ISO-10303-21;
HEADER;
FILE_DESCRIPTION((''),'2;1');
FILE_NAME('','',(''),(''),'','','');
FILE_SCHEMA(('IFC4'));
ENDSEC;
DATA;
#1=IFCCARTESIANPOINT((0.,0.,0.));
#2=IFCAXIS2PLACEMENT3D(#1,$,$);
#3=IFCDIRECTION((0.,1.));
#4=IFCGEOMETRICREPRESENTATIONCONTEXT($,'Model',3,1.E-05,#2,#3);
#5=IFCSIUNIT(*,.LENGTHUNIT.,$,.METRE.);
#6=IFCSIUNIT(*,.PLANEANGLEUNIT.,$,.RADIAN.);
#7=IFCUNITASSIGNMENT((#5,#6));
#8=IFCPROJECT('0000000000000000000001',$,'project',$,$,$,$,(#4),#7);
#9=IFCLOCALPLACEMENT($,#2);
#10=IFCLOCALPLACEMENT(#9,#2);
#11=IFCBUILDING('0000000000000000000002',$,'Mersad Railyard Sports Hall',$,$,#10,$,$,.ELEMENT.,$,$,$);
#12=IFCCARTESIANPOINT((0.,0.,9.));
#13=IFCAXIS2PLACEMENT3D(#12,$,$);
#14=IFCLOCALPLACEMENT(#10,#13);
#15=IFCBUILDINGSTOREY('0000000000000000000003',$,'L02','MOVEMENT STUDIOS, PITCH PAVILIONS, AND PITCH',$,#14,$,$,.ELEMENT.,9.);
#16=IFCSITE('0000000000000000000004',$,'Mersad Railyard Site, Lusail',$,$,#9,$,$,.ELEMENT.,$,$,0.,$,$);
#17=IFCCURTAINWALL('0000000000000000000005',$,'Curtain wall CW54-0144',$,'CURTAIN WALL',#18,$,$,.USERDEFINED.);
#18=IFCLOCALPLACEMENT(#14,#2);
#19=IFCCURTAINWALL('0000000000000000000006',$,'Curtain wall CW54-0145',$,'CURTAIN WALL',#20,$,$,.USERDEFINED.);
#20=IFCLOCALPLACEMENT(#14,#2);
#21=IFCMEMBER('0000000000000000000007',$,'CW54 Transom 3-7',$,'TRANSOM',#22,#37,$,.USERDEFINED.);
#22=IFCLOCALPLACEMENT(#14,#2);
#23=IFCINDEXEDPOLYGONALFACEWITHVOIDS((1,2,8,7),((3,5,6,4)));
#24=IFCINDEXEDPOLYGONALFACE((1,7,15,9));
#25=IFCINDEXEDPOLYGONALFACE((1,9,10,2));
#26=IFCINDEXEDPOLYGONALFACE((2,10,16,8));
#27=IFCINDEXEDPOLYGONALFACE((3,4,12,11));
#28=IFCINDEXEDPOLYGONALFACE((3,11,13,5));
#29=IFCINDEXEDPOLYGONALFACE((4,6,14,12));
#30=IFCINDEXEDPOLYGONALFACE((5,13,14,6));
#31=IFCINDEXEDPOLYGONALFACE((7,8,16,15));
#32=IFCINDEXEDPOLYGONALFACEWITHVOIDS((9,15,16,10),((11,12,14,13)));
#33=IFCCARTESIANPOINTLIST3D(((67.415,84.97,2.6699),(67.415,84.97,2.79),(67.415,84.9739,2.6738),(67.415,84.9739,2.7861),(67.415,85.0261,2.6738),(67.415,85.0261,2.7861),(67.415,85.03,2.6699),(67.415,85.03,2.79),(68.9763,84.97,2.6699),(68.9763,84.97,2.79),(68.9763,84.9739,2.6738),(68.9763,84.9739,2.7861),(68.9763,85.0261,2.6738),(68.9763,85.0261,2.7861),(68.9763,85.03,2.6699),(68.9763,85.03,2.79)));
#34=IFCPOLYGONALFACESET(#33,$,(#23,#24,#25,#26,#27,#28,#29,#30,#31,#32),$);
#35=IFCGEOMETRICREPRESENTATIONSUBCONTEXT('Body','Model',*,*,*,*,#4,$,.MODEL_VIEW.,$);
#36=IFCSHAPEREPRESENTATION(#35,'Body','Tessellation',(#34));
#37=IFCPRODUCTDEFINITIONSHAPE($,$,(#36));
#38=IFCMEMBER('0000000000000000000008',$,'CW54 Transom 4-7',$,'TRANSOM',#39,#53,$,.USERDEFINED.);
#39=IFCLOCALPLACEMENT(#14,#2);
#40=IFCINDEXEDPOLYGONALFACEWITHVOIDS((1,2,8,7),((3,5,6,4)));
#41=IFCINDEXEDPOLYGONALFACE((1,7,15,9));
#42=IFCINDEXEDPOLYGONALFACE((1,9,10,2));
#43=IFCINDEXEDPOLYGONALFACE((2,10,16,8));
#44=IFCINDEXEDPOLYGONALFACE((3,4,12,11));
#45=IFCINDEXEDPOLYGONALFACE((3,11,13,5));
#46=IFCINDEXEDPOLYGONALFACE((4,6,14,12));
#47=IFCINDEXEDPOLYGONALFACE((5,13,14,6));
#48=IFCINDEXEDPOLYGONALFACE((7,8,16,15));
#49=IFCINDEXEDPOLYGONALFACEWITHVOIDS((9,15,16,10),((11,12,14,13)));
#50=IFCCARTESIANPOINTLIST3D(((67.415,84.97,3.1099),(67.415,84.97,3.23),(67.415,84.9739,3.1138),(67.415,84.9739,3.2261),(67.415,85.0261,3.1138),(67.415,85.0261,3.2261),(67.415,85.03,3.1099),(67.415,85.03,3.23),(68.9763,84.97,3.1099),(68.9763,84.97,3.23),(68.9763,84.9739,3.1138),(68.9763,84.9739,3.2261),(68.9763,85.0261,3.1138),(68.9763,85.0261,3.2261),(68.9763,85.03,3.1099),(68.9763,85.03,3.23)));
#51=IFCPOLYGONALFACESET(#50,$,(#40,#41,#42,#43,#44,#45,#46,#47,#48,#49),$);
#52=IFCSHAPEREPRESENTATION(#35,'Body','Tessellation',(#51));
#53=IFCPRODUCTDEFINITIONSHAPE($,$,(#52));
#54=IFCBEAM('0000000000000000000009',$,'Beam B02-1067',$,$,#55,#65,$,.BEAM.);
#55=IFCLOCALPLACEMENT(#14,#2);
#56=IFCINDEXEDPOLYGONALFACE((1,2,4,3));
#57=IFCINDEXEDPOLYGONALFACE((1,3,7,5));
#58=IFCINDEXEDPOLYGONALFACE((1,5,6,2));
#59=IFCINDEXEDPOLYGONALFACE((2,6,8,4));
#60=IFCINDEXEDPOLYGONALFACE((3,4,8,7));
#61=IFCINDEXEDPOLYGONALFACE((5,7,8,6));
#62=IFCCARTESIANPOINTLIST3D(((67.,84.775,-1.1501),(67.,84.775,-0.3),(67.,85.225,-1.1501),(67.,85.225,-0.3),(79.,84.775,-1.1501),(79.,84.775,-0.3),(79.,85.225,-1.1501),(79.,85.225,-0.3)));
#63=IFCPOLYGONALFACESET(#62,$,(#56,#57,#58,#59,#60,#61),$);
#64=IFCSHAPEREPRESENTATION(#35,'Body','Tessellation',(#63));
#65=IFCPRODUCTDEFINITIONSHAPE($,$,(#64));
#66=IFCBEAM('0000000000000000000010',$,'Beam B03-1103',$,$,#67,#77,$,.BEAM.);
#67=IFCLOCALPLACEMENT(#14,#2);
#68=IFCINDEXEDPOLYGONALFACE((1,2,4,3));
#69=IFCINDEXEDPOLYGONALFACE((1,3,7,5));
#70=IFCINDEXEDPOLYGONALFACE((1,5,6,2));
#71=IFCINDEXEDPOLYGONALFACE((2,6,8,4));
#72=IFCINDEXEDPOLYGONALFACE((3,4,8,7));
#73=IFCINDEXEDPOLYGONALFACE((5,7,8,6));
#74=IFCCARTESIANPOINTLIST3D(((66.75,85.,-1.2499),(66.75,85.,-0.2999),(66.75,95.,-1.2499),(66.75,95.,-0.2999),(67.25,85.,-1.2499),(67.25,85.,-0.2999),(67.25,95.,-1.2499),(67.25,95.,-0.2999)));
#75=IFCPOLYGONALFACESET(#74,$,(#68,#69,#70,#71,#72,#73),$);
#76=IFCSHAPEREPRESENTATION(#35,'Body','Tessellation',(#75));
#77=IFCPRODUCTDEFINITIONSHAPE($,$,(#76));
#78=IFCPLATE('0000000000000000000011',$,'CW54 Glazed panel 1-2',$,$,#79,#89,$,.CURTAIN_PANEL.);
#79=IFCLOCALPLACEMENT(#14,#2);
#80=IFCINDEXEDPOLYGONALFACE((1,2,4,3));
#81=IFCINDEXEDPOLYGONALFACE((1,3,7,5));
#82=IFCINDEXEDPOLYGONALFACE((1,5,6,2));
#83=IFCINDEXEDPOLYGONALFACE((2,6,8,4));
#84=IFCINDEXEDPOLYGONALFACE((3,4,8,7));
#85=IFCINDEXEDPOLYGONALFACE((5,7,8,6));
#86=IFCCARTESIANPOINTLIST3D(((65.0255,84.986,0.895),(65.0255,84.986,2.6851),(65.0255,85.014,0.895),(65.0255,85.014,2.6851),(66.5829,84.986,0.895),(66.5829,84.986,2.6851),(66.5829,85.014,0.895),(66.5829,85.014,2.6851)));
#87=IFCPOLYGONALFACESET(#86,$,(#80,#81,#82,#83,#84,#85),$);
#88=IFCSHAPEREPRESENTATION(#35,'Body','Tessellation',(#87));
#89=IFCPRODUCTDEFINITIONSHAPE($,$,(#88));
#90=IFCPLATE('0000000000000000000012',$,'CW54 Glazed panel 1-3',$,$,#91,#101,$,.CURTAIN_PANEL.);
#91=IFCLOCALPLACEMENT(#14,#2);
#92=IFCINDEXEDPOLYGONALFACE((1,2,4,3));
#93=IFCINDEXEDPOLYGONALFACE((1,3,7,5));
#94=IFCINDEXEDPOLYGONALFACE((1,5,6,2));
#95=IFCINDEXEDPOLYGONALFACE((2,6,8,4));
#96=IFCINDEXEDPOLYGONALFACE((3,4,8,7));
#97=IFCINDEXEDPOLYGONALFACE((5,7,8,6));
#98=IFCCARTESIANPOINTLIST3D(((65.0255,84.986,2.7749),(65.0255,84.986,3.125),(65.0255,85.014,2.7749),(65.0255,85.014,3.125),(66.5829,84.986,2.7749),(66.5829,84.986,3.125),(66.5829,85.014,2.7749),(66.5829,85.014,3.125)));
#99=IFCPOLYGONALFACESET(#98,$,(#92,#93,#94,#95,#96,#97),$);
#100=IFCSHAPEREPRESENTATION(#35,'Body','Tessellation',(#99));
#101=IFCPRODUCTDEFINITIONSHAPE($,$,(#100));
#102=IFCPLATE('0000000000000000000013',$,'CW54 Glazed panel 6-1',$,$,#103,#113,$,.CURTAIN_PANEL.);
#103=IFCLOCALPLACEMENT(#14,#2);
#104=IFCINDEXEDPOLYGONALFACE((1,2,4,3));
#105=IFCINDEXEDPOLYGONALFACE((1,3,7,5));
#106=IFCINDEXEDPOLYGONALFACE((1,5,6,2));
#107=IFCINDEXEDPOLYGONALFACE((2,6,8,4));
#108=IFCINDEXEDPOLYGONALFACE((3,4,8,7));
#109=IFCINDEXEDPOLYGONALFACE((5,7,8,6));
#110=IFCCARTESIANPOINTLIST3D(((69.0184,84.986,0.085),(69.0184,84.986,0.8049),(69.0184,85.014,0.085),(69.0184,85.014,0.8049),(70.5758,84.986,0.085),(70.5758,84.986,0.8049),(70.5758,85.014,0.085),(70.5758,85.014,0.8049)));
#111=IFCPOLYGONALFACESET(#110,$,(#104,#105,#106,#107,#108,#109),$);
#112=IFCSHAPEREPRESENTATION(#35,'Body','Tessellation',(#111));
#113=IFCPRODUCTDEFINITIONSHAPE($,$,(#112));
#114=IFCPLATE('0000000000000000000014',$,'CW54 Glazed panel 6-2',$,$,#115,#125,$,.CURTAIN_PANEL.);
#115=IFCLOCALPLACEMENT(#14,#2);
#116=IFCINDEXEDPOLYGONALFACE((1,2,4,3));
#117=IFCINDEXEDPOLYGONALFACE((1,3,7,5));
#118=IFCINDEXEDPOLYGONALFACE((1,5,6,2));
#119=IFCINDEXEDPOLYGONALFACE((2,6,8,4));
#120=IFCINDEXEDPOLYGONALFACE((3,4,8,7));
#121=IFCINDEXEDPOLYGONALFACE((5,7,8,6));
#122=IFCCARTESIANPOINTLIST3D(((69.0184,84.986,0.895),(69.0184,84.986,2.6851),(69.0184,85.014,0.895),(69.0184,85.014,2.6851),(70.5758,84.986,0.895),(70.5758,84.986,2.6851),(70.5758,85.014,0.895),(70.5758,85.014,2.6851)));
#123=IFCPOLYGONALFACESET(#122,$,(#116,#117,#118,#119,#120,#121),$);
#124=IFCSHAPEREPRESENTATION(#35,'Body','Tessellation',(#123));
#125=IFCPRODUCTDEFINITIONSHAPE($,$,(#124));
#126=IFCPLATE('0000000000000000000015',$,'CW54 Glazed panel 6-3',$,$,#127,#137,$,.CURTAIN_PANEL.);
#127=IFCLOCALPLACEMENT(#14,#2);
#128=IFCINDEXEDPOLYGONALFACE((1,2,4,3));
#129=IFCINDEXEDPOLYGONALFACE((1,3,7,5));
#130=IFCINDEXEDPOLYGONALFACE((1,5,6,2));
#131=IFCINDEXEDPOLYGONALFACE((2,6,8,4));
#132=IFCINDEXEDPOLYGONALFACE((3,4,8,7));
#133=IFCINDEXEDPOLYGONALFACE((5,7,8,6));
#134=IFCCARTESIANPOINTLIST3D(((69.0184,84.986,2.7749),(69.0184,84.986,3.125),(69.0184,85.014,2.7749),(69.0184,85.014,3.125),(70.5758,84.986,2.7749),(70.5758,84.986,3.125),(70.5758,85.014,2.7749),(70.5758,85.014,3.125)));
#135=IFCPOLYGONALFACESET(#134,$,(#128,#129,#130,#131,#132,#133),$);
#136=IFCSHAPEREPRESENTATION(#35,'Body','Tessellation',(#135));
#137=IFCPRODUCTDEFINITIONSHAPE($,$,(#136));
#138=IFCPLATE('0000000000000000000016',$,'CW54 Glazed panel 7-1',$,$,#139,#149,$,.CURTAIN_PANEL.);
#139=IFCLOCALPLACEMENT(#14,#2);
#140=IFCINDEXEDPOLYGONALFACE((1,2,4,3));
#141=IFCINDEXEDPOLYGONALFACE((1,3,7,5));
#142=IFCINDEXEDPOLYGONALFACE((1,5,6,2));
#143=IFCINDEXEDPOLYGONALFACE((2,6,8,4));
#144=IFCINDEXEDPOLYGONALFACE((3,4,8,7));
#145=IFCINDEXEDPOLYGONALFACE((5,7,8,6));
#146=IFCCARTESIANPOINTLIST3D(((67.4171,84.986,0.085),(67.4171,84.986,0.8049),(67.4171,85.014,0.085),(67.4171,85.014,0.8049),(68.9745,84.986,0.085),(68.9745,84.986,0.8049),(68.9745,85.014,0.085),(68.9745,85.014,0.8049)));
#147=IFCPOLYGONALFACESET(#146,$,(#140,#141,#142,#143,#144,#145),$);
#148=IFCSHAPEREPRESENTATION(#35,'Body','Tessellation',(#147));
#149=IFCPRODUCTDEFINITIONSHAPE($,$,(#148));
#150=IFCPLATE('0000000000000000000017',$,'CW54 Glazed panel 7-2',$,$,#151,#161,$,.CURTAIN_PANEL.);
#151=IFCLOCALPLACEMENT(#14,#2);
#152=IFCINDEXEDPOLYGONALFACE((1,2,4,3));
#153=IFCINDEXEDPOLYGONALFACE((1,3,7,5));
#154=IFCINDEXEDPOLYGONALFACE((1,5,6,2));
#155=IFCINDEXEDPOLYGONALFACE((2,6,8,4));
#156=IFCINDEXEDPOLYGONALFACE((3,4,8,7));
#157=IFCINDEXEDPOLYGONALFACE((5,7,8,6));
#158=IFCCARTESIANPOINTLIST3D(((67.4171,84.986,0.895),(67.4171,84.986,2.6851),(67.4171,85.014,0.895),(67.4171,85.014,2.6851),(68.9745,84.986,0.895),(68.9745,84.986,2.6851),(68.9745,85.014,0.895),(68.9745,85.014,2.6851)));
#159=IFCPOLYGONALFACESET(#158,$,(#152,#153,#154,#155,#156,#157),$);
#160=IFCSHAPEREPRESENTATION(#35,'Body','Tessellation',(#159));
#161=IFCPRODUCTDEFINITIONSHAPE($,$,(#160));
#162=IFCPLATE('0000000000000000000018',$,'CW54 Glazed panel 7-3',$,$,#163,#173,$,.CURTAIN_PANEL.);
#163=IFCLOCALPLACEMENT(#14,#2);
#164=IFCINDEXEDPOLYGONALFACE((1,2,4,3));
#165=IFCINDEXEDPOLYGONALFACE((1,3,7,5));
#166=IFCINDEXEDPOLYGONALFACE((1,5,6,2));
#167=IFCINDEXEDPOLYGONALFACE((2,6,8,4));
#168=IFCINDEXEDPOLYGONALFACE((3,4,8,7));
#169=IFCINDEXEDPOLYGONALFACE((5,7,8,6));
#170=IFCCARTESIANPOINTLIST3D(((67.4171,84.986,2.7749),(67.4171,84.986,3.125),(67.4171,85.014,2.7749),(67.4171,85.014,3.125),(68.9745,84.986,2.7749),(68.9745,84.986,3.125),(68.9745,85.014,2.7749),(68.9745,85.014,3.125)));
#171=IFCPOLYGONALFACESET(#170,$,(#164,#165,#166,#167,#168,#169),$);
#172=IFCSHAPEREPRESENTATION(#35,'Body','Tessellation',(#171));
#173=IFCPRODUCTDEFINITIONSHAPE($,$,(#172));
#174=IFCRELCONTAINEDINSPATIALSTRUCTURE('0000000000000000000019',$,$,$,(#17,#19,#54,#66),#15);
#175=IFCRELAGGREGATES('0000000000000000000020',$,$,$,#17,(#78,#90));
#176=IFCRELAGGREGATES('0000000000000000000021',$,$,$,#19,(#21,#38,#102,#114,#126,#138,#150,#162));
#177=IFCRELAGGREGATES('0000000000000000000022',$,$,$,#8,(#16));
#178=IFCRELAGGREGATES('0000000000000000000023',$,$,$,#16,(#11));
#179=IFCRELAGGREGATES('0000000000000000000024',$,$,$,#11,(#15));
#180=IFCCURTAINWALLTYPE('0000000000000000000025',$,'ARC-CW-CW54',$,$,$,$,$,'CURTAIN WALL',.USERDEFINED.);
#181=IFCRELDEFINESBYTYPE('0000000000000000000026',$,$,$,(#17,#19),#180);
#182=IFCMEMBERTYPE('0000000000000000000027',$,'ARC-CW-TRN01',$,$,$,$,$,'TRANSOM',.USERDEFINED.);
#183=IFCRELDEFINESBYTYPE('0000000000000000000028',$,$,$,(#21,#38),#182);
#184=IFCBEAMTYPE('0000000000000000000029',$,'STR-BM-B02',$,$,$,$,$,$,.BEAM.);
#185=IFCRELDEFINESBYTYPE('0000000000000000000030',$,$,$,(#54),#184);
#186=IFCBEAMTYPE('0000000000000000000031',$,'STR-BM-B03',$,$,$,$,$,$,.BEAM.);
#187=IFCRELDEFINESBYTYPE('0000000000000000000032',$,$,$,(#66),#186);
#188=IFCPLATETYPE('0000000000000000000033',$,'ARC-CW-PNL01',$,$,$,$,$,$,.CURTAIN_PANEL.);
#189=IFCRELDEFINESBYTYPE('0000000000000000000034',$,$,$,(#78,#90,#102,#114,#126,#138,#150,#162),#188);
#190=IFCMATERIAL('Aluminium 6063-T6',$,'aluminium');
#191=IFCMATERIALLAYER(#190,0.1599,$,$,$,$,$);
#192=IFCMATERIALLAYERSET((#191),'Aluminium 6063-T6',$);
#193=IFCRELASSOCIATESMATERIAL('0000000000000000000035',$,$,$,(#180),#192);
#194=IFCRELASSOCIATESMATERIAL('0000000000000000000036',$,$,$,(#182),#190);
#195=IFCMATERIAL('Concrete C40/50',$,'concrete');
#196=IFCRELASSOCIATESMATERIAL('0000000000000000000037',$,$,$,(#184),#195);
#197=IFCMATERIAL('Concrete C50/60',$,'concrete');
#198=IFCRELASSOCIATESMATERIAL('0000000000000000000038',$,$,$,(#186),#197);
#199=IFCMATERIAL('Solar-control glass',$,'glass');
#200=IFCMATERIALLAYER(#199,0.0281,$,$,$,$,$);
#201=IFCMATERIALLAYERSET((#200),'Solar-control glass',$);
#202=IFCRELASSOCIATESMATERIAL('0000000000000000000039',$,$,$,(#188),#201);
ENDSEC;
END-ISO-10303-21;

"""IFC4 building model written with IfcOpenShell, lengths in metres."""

from ifc_helpers import new_model, si_unit, direction, frame, origin, origin_2d, place, context, subcontext, project, spatial, rectangle, hollow_rectangle, extrude, material, layer, layer_set, material_profile, profile_set, type_object, element, aggregate, save


model = new_model("IFC4")

# Units and contexts
model_context = context("Model", 3, precision=1e-05, world=origin(), true_north=direction((0.0, 1.0)))
body_context = subcontext(model_context, "Body", "Model", "MODEL_VIEW")
ifc_project = project(units=[si_unit("LENGTHUNIT", "METRE"), si_unit("PLANEANGLEUNIT", "RADIAN")], contexts=[model_context])

# Site, building, storey
site_placement = place(None, origin())
site = spatial("IfcSite", under=ifc_project, at=site_placement, Name="Mersad Railyard Site, Lusail", CompositionType="ELEMENT", RefElevation=0.0)
building_placement = place(site_placement, origin())
building = spatial("IfcBuilding", under=site, at=building_placement, Name="Mersad Railyard Sports Hall", CompositionType="ELEMENT")
storey_placement = place(building_placement, frame((0.0, 0.0, 9.0)))
storey = spatial("IfcBuildingStorey", under=building, at=storey_placement, Name="L02", Description="MOVEMENT STUDIOS, PITCH PAVILIONS, AND PITCH", CompositionType="ELEMENT", Elevation=9.0)

# Shared definitions
ifc_material_1 = material(Name="Concrete C50/60", Category="concrete")

# Curtain wall
ifc_material_2 = material(Name="Aluminium 6063-T6", Category="aluminium")
ifc_layer_1 = layer(ifc_material_2, 0.1599)
ifc_layer_set_1 = layer_set([ifc_layer_1], Name="Aluminium 6063-T6")
curtain_wall_type = type_object("IfcCurtainWallType", Name="ARC-CW-CW54", ElementType="CURTAIN WALL", PredefinedType="USERDEFINED", material=ifc_layer_set_1)
curtain_wall_1_placement = place(storey_placement, origin())
curtain_wall_1 = element("IfcCurtainWall", 1, at=curtain_wall_1_placement, inside=storey, type_object=curtain_wall_type, Name="Curtain wall CW54-0144", ObjectType="CURTAIN WALL", PredefinedType="USERDEFINED")

# Curtain wall
curtain_wall_2_placement = place(storey_placement, origin())
curtain_wall_2 = element("IfcCurtainWall", 2, at=curtain_wall_2_placement, inside=storey, type_object=curtain_wall_type, Name="Curtain wall CW54-0145", ObjectType="CURTAIN WALL", PredefinedType="USERDEFINED")

# Members
ifc_material_profile_1 = material_profile(ifc_material_2, hollow_rectangle(XDim=0.0601, YDim=0.1201, WallThickness=0.0039, at=origin_2d()), Name="AL TRANSOM 60x120x4")
ifc_profile_set_1 = profile_set([ifc_material_profile_1], Name="Aluminium 6063-T6")
member_type_1 = type_object("IfcMemberType", Name="ARC-CW-TRN01", ElementType="TRANSOM", PredefinedType="USERDEFINED", material=ifc_profile_set_1)
member_1_placement = place(storey_placement, frame((68.9763, 85.0, 2.73), z_axis=(-1.0, 0.0, 0.0), x_axis=(0.0, -1.0, 0.0)))
member_1 = element("IfcMember", 3, at=member_1_placement, type_object=member_type_1, Name="CW54 Transom 3-7", ObjectType="TRANSOM", PredefinedType="USERDEFINED", context=body_context, shape_type="SweptSolid", body=[
    extrude(hollow_rectangle(XDim=0.0601, YDim=0.1201, WallThickness=0.0039, at=origin_2d()), origin(), (0.0, 0.0, 1.0), 1.5613),
])
member_2_placement = place(storey_placement, frame((68.9763, 85.0, 3.1699), z_axis=(-1.0, 0.0, 0.0), x_axis=(0.0, -1.0, 0.0)))
member_2 = element("IfcMember", 4, at=member_2_placement, type_object=member_type_1, Name="CW54 Transom 4-7", ObjectType="TRANSOM", PredefinedType="USERDEFINED", context=body_context, shape_type="SweptSolid", body=[
    extrude(hollow_rectangle(XDim=0.0601, YDim=0.1201, WallThickness=0.0039, at=origin_2d()), origin(), (0.0, 0.0, 1.0), 1.5613),
])

# Beams
ifc_material_3 = material(Name="Concrete C40/50", Category="concrete")
ifc_material_profile_2 = material_profile(ifc_material_3, rectangle(XDim=0.45, YDim=0.8501, at=origin_2d()), Name="RC 450x850")
ifc_profile_set_2 = profile_set([ifc_material_profile_2], Name="Concrete C40/50")
beam_type_1 = type_object("IfcBeamType", Name="STR-BM-B02", PredefinedType="BEAM", material=ifc_profile_set_2)
beam_1_placement = place(storey_placement, frame((67.0, 85.0, -0.7251), z_axis=(1.0, 0.0, 0.0), x_axis=(0.0, 1.0, 0.0)))
element("IfcBeam", 5, at=beam_1_placement, inside=storey, type_object=beam_type_1, Name="Beam B02-1067", PredefinedType="BEAM", context=body_context, shape_type="SweptSolid", body=[
    extrude(rectangle(XDim=0.45, YDim=0.8501, at=origin_2d()), origin(), (0.0, 0.0, 1.0), 12.0),
])
ifc_material_profile_3 = material_profile(ifc_material_1, rectangle(XDim=0.5, YDim=0.95, at=origin_2d()), Name="RC 500x950")
ifc_profile_set_3 = profile_set([ifc_material_profile_3], Name="Concrete C50/60")
beam_type_2 = type_object("IfcBeamType", Name="STR-BM-B03", PredefinedType="BEAM", material=ifc_profile_set_3)
beam_2_placement = place(storey_placement, frame((67.0, 85.0, -0.7749), z_axis=(0.0, 1.0, 0.0), x_axis=(-1.0, 0.0, 0.0)))
element("IfcBeam", 6, at=beam_2_placement, inside=storey, type_object=beam_type_2, Name="Beam B03-1103", PredefinedType="BEAM", context=body_context, shape_type="SweptSolid", body=[
    extrude(rectangle(XDim=0.5, YDim=0.95, at=origin_2d()), origin(), (0.0, 0.0, 1.0), 10.0),
])

# Plates
ifc_material_4 = material(Name="Solar-control glass", Category="glass")
ifc_layer_2 = layer(ifc_material_4, 0.0281)
ifc_layer_set_2 = layer_set([ifc_layer_2], Name="Solar-control glass")
plate_type = type_object("IfcPlateType", Name="ARC-CW-PNL01", PredefinedType="CURTAIN_PANEL", material=ifc_layer_set_2)
plate_1_placement = place(storey_placement, frame((65.8042, 85.0, 0.895), z_axis=(0.0, 0.0, 1.0), x_axis=(-1.0, 0.0, 0.0)))
plate_1 = element("IfcPlate", 7, at=plate_1_placement, type_object=plate_type, Name="CW54 Glazed panel 1-2", PredefinedType="CURTAIN_PANEL", context=body_context, shape_type="SweptSolid", body=[
    extrude(rectangle(XDim=1.5574, YDim=0.0281, at=origin_2d()), origin(), (0.0, 0.0, 1.0), 1.79),
])
plate_2_placement = place(storey_placement, frame((65.8042, 85.0, 2.7749), z_axis=(0.0, 0.0, 1.0), x_axis=(-1.0, 0.0, 0.0)))
plate_2 = element("IfcPlate", 8, at=plate_2_placement, type_object=plate_type, Name="CW54 Glazed panel 1-3", PredefinedType="CURTAIN_PANEL", context=body_context, shape_type="SweptSolid", body=[
    extrude(rectangle(XDim=1.5574, YDim=0.0281, at=origin_2d()), origin(), (0.0, 0.0, 1.0), 0.3501),
])
aggregate(curtain_wall_1, [plate_1, plate_2])
plate_3_placement = place(storey_placement, frame((69.7971, 85.0, 0.085), z_axis=(0.0, 0.0, 1.0), x_axis=(-1.0, 0.0, 0.0)))
plate_3 = element("IfcPlate", 9, at=plate_3_placement, type_object=plate_type, Name="CW54 Glazed panel 6-1", PredefinedType="CURTAIN_PANEL", context=body_context, shape_type="SweptSolid", body=[
    extrude(rectangle(XDim=1.5574, YDim=0.0281, at=origin_2d()), origin(), (0.0, 0.0, 1.0), 0.72),
])
plate_4_placement = place(storey_placement, frame((69.7971, 85.0, 0.895), z_axis=(0.0, 0.0, 1.0), x_axis=(-1.0, 0.0, 0.0)))
plate_4 = element("IfcPlate", 10, at=plate_4_placement, type_object=plate_type, Name="CW54 Glazed panel 6-2", PredefinedType="CURTAIN_PANEL", context=body_context, shape_type="SweptSolid", body=[
    extrude(rectangle(XDim=1.5574, YDim=0.0281, at=origin_2d()), origin(), (0.0, 0.0, 1.0), 1.79),
])
plate_5_placement = place(storey_placement, frame((69.7971, 85.0, 2.7749), z_axis=(0.0, 0.0, 1.0), x_axis=(-1.0, 0.0, 0.0)))
plate_5 = element("IfcPlate", 11, at=plate_5_placement, type_object=plate_type, Name="CW54 Glazed panel 6-3", PredefinedType="CURTAIN_PANEL", context=body_context, shape_type="SweptSolid", body=[
    extrude(rectangle(XDim=1.5574, YDim=0.0281, at=origin_2d()), origin(), (0.0, 0.0, 1.0), 0.3501),
])
plate_6_placement = place(storey_placement, frame((68.1958, 85.0, 0.085), z_axis=(0.0, 0.0, 1.0), x_axis=(-1.0, 0.0, 0.0)))
plate_6 = element("IfcPlate", 12, at=plate_6_placement, type_object=plate_type, Name="CW54 Glazed panel 7-1", PredefinedType="CURTAIN_PANEL", context=body_context, shape_type="SweptSolid", body=[
    extrude(rectangle(XDim=1.5574, YDim=0.0281, at=origin_2d()), origin(), (0.0, 0.0, 1.0), 0.72),
])
plate_7_placement = place(storey_placement, frame((68.1958, 85.0, 0.895), z_axis=(0.0, 0.0, 1.0), x_axis=(-1.0, 0.0, 0.0)))
plate_7 = element("IfcPlate", 13, at=plate_7_placement, type_object=plate_type, Name="CW54 Glazed panel 7-2", PredefinedType="CURTAIN_PANEL", context=body_context, shape_type="SweptSolid", body=[
    extrude(rectangle(XDim=1.5574, YDim=0.0281, at=origin_2d()), origin(), (0.0, 0.0, 1.0), 1.79),
])
plate_8_placement = place(storey_placement, frame((68.1958, 85.0, 2.7749), z_axis=(0.0, 0.0, 1.0), x_axis=(-1.0, 0.0, 0.0)))
plate_8 = element("IfcPlate", 14, at=plate_8_placement, type_object=plate_type, Name="CW54 Glazed panel 7-3", PredefinedType="CURTAIN_PANEL", context=body_context, shape_type="SweptSolid", body=[
    extrude(rectangle(XDim=1.5574, YDim=0.0281, at=origin_2d()), origin(), (0.0, 0.0, 1.0), 0.3501),
])
aggregate(curtain_wall_2, [member_1, member_2, plate_3, plate_4, plate_5, plate_6, plate_7, plate_8])

save(model, "model.ifc")
